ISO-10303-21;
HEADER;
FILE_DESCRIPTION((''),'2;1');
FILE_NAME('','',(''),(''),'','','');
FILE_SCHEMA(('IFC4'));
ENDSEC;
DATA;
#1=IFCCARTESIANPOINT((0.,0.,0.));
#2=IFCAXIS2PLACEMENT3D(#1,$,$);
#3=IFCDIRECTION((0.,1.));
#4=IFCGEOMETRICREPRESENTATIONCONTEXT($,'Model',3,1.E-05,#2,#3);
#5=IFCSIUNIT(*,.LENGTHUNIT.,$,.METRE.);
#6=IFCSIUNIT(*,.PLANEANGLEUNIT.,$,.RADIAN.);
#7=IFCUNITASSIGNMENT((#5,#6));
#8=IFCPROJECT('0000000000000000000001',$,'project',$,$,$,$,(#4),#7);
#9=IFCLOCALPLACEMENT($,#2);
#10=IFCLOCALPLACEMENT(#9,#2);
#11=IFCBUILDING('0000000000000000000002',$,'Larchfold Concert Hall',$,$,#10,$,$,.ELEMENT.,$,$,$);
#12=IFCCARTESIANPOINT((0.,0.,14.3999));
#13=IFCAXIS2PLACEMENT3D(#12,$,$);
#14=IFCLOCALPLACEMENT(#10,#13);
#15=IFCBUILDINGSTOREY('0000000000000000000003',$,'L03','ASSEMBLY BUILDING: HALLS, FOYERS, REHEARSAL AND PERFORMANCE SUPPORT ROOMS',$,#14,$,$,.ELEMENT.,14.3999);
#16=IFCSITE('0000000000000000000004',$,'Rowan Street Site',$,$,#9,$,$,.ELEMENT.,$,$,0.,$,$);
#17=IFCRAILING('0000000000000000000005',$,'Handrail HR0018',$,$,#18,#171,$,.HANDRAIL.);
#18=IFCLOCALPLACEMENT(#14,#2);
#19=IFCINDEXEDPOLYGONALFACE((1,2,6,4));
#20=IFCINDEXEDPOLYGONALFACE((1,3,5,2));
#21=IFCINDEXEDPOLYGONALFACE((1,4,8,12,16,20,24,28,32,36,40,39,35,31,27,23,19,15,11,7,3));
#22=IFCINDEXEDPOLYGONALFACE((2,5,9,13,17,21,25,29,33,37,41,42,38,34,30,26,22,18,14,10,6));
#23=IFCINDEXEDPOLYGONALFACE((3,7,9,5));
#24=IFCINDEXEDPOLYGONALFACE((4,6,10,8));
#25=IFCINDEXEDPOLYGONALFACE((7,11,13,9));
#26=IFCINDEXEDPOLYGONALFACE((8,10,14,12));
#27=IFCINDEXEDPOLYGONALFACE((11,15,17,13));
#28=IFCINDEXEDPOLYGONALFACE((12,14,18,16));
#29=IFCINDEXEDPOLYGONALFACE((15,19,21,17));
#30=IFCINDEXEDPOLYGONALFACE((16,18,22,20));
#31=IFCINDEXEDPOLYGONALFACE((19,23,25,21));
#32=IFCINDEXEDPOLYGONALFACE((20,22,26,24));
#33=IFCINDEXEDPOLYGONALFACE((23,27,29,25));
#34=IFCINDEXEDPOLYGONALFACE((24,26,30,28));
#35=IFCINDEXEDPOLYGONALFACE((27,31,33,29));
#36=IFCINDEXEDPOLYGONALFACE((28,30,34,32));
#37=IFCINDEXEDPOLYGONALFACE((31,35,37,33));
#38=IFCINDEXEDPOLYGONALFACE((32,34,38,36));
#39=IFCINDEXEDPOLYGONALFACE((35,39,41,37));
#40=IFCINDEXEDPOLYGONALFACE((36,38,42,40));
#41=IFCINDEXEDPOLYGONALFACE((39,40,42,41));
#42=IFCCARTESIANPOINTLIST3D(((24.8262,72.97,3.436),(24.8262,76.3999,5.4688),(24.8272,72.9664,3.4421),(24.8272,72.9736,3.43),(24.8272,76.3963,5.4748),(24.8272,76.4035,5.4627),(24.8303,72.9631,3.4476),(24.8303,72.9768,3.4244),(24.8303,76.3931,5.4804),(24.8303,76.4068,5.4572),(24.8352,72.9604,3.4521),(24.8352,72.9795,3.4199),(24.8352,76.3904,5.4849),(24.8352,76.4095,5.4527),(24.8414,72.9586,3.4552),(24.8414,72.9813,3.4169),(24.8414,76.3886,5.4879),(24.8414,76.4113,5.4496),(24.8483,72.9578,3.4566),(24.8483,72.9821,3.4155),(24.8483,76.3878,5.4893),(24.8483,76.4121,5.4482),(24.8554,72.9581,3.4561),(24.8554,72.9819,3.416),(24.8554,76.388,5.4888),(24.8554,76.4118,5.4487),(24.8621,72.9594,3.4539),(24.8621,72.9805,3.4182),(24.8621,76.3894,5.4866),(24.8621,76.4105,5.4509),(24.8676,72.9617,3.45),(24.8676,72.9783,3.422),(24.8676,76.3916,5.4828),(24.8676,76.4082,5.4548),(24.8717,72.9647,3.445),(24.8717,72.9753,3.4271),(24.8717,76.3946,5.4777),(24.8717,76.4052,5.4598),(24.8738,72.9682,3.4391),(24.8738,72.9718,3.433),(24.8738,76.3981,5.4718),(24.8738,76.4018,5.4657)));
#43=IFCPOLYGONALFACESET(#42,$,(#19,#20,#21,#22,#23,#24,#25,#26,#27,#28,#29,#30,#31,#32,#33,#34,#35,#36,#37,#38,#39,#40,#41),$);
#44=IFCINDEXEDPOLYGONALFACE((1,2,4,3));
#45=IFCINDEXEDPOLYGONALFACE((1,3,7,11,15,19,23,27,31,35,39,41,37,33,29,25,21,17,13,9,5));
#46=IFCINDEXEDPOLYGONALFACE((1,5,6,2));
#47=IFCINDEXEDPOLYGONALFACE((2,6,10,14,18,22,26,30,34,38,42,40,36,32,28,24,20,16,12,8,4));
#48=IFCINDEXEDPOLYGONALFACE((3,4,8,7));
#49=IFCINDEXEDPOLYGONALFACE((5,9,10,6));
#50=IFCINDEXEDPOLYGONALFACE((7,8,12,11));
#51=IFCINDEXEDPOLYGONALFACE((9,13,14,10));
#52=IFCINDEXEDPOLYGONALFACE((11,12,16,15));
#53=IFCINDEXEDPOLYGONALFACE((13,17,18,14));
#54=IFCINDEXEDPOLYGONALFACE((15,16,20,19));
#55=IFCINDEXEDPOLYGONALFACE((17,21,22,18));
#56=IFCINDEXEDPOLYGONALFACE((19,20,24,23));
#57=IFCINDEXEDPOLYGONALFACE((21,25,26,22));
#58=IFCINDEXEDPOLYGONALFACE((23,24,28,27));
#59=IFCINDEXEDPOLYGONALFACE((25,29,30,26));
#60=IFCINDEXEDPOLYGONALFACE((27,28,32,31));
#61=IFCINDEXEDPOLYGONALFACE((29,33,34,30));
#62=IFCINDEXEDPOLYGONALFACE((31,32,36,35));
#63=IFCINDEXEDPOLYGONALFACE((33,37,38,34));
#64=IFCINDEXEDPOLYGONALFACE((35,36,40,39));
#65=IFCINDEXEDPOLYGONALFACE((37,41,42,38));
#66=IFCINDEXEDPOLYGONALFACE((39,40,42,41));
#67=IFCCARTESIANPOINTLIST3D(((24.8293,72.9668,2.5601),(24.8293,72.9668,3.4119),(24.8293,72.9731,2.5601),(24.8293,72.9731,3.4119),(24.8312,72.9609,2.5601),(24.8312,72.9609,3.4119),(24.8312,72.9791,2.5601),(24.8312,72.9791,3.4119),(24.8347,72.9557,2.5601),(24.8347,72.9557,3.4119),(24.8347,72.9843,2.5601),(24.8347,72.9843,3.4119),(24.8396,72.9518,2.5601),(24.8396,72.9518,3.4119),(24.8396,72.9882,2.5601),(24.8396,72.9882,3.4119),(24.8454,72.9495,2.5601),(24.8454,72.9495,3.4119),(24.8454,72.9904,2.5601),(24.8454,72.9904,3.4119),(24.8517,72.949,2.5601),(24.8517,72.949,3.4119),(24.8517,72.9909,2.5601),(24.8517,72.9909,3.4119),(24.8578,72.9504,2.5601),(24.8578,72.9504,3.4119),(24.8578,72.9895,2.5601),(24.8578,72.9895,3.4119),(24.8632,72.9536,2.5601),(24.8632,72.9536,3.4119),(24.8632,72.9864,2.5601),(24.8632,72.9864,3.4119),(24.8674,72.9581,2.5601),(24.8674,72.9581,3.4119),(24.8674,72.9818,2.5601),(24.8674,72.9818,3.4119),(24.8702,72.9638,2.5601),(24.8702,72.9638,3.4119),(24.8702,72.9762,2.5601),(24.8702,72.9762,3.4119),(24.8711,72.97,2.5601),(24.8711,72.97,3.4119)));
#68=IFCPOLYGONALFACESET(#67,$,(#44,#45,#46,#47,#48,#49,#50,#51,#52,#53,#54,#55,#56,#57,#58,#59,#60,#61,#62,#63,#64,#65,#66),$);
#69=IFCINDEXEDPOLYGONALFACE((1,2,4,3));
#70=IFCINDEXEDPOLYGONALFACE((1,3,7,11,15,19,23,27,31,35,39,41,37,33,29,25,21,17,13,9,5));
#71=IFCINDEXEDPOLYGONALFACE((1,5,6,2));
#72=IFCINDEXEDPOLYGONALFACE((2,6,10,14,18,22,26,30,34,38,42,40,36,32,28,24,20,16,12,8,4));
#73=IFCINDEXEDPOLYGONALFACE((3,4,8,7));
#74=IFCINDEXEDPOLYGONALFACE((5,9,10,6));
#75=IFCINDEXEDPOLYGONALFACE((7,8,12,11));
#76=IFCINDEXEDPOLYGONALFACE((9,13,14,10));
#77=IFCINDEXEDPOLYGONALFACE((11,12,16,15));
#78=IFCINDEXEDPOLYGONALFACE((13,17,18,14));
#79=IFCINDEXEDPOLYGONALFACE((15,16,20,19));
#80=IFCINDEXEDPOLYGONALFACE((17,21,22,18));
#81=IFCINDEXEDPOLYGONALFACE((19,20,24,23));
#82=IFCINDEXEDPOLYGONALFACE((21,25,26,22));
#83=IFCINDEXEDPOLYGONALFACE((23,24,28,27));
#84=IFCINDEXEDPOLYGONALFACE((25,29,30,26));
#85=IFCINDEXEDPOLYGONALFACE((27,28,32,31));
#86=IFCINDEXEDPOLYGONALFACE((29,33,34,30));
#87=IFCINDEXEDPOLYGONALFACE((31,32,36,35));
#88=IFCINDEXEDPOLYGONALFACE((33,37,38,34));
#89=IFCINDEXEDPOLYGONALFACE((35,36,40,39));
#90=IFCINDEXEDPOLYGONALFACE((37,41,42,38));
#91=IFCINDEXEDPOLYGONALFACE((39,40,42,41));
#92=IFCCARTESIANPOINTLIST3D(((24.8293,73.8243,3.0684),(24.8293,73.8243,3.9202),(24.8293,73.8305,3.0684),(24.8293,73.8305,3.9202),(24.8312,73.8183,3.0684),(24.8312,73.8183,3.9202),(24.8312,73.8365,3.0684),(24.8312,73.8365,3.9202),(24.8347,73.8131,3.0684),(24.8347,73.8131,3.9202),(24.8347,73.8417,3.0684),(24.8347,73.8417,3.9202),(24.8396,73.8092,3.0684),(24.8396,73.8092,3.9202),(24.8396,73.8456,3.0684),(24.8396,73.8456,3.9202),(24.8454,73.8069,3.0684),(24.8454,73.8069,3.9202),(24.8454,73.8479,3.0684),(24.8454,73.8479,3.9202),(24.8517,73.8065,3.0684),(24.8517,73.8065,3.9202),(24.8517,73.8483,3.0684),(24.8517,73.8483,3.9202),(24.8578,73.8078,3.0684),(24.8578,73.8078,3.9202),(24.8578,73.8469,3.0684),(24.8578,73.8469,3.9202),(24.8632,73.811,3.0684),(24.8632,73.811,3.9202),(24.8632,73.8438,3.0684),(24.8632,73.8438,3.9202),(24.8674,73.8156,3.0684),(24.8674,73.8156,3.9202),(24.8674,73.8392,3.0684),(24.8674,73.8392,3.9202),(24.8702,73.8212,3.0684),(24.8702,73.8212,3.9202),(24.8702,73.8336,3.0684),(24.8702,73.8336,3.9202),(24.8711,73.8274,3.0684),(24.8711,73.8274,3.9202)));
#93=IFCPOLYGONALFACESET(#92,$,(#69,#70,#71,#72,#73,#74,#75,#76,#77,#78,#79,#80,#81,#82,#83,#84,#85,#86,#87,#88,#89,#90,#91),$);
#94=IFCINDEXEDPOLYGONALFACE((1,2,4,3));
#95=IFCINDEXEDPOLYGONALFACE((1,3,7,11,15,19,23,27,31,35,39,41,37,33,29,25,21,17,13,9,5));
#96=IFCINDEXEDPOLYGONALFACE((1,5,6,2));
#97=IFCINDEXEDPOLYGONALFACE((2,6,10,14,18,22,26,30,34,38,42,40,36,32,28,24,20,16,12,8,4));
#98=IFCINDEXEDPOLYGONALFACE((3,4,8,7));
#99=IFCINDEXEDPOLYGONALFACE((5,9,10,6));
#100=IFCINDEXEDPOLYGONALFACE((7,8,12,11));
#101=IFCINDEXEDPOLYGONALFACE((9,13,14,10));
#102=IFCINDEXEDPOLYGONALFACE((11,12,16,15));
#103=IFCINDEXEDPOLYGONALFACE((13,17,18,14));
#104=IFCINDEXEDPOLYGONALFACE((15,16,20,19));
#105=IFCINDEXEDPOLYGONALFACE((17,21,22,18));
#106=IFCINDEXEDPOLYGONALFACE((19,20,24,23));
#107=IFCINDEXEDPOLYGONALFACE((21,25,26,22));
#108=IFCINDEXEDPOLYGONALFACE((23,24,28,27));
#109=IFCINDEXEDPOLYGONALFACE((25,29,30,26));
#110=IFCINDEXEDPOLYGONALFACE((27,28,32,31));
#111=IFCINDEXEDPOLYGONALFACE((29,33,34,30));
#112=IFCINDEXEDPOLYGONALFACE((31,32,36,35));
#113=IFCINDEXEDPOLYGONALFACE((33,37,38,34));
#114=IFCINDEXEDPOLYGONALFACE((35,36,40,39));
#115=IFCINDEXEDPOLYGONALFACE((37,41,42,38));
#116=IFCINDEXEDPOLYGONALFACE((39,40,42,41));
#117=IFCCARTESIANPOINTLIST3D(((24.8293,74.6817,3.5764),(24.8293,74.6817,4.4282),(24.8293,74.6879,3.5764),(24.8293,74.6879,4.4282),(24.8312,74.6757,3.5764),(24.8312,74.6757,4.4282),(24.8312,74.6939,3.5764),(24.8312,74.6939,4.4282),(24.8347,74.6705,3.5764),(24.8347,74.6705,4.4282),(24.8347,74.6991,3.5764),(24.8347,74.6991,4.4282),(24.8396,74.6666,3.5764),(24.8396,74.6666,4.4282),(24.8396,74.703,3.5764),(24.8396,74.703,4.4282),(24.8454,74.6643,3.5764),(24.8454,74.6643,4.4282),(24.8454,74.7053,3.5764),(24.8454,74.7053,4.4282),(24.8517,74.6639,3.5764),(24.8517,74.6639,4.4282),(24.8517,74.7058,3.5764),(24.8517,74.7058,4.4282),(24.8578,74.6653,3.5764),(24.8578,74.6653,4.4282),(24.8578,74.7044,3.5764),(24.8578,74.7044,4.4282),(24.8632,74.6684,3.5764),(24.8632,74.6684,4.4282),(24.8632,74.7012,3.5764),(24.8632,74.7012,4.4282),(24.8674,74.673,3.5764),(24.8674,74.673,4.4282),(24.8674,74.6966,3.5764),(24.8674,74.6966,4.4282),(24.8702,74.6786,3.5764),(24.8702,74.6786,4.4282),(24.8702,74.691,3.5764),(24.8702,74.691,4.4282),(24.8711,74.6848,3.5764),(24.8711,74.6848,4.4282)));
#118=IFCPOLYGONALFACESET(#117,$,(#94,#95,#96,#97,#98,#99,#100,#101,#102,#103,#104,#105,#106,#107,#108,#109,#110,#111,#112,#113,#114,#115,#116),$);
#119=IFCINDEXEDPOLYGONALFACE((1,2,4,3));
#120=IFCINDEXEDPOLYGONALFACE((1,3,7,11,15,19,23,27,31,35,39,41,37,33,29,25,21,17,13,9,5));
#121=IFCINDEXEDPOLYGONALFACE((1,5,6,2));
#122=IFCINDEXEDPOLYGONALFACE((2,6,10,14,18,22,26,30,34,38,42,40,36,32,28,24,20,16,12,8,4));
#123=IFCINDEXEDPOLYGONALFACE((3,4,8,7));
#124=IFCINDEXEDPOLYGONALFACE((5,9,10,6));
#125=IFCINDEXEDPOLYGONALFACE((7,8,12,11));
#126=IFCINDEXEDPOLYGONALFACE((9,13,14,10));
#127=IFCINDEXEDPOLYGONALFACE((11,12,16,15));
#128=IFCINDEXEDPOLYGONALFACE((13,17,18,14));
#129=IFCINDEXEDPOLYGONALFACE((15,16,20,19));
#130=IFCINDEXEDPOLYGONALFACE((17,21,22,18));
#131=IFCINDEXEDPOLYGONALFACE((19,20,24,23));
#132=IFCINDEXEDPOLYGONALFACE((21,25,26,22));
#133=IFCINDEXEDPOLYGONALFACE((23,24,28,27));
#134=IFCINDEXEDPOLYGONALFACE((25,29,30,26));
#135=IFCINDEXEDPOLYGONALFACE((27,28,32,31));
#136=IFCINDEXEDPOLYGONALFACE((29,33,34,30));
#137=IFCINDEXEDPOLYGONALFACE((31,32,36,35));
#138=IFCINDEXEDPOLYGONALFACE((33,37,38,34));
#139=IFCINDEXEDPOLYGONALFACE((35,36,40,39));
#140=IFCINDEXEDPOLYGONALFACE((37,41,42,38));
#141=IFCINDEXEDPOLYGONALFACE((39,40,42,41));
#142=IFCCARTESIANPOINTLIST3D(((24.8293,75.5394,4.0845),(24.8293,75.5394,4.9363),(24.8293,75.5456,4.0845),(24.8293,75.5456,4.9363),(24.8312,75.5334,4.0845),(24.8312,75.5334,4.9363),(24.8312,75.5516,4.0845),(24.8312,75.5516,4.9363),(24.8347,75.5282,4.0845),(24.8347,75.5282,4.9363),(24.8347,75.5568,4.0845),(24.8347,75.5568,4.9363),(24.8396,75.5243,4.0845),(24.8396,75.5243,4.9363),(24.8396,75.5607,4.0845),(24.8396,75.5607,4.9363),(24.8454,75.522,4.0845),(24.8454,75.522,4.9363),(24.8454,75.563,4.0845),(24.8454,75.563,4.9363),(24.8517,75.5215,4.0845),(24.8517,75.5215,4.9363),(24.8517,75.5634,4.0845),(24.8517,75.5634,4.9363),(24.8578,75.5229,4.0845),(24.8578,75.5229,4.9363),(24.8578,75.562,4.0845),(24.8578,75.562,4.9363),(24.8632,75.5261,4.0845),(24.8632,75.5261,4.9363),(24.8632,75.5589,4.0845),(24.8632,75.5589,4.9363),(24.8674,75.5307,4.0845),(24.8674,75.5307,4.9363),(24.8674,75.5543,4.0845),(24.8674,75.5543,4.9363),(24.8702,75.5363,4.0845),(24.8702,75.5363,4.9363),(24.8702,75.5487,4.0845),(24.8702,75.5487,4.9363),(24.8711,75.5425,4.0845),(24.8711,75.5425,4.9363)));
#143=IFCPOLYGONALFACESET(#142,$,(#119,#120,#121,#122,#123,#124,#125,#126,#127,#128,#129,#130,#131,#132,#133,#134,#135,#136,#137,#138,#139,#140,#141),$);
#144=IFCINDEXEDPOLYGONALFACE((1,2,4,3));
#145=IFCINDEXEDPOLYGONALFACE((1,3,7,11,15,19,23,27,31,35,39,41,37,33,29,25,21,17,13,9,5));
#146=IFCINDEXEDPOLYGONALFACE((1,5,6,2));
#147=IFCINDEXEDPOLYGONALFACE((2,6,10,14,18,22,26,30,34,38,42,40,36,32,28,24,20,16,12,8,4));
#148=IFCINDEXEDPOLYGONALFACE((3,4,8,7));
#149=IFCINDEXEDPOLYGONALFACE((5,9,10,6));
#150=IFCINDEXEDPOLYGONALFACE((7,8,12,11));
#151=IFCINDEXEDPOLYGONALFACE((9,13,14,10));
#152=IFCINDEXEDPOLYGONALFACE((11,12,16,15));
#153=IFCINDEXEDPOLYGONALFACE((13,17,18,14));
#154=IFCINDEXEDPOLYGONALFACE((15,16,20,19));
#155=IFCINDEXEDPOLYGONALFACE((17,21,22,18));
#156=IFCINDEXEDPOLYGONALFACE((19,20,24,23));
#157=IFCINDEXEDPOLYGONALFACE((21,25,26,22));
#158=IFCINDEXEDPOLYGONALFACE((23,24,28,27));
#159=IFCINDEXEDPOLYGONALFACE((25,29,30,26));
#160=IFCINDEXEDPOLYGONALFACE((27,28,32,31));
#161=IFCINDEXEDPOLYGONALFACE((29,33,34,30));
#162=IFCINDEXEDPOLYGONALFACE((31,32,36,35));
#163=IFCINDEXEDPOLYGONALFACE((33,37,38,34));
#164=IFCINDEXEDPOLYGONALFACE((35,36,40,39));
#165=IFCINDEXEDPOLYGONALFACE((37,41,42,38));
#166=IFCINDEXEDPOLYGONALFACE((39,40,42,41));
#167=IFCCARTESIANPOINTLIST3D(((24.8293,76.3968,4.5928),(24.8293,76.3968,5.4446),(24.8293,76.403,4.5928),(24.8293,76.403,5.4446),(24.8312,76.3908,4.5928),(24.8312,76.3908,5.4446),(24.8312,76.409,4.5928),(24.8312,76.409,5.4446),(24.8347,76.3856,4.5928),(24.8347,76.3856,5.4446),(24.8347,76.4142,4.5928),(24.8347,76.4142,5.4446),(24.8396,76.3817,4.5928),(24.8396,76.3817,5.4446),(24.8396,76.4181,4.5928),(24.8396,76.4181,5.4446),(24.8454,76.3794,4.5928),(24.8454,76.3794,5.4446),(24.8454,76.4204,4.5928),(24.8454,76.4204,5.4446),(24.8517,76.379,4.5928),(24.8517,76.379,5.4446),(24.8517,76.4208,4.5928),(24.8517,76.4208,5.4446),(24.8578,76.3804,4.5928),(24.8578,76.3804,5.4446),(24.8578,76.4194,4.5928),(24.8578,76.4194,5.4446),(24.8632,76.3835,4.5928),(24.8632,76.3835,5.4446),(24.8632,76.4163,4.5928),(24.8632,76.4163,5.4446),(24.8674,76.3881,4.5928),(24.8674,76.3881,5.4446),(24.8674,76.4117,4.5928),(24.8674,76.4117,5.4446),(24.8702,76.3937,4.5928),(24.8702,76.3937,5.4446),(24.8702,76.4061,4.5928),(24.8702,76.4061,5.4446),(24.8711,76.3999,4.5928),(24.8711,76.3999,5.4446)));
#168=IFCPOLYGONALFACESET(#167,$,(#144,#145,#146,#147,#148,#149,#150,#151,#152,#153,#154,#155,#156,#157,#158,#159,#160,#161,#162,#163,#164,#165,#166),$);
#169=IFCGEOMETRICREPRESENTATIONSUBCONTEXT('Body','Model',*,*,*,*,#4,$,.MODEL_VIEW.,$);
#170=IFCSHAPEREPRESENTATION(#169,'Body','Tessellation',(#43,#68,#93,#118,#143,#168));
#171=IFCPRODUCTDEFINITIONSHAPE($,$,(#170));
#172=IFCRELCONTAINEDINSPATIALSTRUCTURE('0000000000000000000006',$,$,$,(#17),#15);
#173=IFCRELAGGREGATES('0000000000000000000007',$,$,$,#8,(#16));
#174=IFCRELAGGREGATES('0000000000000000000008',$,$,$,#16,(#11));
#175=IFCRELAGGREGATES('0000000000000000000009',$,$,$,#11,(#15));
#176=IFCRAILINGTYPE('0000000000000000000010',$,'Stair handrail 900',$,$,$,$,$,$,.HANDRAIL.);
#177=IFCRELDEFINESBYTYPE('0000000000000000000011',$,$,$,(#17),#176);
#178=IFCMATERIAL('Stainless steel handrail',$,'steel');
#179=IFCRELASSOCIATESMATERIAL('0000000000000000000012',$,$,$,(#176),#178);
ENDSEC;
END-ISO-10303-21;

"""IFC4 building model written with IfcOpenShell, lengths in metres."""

from ifc_helpers import new_model, si_unit, direction, frame, origin, origin_2d, place, context, subcontext, project, spatial, circle, extrude, material, type_object, element, save


model = new_model("IFC4")

# Units and contexts
model_context = context("Model", 3, precision=1e-05, world=origin(), true_north=direction((0.0, 1.0)))
body_context = subcontext(model_context, "Body", "Model", "MODEL_VIEW")
ifc_project = project(units=[si_unit("LENGTHUNIT", "METRE"), si_unit("PLANEANGLEUNIT", "RADIAN")], contexts=[model_context])

# Site, building, storey
site_placement = place(None, origin())
site = spatial("IfcSite", under=ifc_project, at=site_placement, Name="Rowan Street Site", CompositionType="ELEMENT", RefElevation=0.0)
building_placement = place(site_placement, origin())
building = spatial("IfcBuilding", under=site, at=building_placement, Name="Larchfold Concert Hall", CompositionType="ELEMENT")
storey_placement = place(building_placement, frame((0.0, 0.0, 14.3999)))
storey = spatial("IfcBuildingStorey", under=building, at=storey_placement, Name="L03", Description="ASSEMBLY BUILDING: HALLS, FOYERS, REHEARSAL AND PERFORMANCE SUPPORT ROOMS", CompositionType="ELEMENT", Elevation=14.3999)

# Railing
ifc_material_1 = material(Name="Stainless steel handrail", Category="steel")
railing_type_1 = type_object("IfcRailingType", Name="Stair handrail 900", PredefinedType="HANDRAIL", material=ifc_material_1)
railing_1_placement = place(storey_placement, frame((24.8501, 72.97, 2.5601)))
element("IfcRailing", 1, at=railing_1_placement, inside=storey, type_object=railing_type_1, Name="Handrail HR0018", PredefinedType="HANDRAIL", context=body_context, shape_type="SweptSolid", body=[
    extrude(circle(Radius=0.0239, at=origin_2d()), frame((0.0, 0.0, 0.876), z_axis=(0.0, 0.860274, 0.509833), x_axis=(-1.0, 0.0, 0.0)), (0.0, 0.0, 1.0), 3.9871),
    extrude(circle(Radius=0.021, at=origin_2d()), origin(), (0.0, 0.0, 1.0), 0.8518),
    extrude(circle(Radius=0.021, at=origin_2d()), frame((0.0, 0.8574, 0.5083)), (0.0, 0.0, 1.0), 0.8518),
    extrude(circle(Radius=0.021, at=origin_2d()), frame((0.0, 1.7148, 1.0164)), (0.0, 0.0, 1.0), 0.8518),
    extrude(circle(Radius=0.021, at=origin_2d()), frame((0.0, 2.5725, 1.5244)), (0.0, 0.0, 1.0), 0.8518),
    extrude(circle(Radius=0.021, at=origin_2d()), frame((0.0, 3.4299, 2.0327)), (0.0, 0.0, 1.0), 0.8518),
])

save(model, "model.ifc")
